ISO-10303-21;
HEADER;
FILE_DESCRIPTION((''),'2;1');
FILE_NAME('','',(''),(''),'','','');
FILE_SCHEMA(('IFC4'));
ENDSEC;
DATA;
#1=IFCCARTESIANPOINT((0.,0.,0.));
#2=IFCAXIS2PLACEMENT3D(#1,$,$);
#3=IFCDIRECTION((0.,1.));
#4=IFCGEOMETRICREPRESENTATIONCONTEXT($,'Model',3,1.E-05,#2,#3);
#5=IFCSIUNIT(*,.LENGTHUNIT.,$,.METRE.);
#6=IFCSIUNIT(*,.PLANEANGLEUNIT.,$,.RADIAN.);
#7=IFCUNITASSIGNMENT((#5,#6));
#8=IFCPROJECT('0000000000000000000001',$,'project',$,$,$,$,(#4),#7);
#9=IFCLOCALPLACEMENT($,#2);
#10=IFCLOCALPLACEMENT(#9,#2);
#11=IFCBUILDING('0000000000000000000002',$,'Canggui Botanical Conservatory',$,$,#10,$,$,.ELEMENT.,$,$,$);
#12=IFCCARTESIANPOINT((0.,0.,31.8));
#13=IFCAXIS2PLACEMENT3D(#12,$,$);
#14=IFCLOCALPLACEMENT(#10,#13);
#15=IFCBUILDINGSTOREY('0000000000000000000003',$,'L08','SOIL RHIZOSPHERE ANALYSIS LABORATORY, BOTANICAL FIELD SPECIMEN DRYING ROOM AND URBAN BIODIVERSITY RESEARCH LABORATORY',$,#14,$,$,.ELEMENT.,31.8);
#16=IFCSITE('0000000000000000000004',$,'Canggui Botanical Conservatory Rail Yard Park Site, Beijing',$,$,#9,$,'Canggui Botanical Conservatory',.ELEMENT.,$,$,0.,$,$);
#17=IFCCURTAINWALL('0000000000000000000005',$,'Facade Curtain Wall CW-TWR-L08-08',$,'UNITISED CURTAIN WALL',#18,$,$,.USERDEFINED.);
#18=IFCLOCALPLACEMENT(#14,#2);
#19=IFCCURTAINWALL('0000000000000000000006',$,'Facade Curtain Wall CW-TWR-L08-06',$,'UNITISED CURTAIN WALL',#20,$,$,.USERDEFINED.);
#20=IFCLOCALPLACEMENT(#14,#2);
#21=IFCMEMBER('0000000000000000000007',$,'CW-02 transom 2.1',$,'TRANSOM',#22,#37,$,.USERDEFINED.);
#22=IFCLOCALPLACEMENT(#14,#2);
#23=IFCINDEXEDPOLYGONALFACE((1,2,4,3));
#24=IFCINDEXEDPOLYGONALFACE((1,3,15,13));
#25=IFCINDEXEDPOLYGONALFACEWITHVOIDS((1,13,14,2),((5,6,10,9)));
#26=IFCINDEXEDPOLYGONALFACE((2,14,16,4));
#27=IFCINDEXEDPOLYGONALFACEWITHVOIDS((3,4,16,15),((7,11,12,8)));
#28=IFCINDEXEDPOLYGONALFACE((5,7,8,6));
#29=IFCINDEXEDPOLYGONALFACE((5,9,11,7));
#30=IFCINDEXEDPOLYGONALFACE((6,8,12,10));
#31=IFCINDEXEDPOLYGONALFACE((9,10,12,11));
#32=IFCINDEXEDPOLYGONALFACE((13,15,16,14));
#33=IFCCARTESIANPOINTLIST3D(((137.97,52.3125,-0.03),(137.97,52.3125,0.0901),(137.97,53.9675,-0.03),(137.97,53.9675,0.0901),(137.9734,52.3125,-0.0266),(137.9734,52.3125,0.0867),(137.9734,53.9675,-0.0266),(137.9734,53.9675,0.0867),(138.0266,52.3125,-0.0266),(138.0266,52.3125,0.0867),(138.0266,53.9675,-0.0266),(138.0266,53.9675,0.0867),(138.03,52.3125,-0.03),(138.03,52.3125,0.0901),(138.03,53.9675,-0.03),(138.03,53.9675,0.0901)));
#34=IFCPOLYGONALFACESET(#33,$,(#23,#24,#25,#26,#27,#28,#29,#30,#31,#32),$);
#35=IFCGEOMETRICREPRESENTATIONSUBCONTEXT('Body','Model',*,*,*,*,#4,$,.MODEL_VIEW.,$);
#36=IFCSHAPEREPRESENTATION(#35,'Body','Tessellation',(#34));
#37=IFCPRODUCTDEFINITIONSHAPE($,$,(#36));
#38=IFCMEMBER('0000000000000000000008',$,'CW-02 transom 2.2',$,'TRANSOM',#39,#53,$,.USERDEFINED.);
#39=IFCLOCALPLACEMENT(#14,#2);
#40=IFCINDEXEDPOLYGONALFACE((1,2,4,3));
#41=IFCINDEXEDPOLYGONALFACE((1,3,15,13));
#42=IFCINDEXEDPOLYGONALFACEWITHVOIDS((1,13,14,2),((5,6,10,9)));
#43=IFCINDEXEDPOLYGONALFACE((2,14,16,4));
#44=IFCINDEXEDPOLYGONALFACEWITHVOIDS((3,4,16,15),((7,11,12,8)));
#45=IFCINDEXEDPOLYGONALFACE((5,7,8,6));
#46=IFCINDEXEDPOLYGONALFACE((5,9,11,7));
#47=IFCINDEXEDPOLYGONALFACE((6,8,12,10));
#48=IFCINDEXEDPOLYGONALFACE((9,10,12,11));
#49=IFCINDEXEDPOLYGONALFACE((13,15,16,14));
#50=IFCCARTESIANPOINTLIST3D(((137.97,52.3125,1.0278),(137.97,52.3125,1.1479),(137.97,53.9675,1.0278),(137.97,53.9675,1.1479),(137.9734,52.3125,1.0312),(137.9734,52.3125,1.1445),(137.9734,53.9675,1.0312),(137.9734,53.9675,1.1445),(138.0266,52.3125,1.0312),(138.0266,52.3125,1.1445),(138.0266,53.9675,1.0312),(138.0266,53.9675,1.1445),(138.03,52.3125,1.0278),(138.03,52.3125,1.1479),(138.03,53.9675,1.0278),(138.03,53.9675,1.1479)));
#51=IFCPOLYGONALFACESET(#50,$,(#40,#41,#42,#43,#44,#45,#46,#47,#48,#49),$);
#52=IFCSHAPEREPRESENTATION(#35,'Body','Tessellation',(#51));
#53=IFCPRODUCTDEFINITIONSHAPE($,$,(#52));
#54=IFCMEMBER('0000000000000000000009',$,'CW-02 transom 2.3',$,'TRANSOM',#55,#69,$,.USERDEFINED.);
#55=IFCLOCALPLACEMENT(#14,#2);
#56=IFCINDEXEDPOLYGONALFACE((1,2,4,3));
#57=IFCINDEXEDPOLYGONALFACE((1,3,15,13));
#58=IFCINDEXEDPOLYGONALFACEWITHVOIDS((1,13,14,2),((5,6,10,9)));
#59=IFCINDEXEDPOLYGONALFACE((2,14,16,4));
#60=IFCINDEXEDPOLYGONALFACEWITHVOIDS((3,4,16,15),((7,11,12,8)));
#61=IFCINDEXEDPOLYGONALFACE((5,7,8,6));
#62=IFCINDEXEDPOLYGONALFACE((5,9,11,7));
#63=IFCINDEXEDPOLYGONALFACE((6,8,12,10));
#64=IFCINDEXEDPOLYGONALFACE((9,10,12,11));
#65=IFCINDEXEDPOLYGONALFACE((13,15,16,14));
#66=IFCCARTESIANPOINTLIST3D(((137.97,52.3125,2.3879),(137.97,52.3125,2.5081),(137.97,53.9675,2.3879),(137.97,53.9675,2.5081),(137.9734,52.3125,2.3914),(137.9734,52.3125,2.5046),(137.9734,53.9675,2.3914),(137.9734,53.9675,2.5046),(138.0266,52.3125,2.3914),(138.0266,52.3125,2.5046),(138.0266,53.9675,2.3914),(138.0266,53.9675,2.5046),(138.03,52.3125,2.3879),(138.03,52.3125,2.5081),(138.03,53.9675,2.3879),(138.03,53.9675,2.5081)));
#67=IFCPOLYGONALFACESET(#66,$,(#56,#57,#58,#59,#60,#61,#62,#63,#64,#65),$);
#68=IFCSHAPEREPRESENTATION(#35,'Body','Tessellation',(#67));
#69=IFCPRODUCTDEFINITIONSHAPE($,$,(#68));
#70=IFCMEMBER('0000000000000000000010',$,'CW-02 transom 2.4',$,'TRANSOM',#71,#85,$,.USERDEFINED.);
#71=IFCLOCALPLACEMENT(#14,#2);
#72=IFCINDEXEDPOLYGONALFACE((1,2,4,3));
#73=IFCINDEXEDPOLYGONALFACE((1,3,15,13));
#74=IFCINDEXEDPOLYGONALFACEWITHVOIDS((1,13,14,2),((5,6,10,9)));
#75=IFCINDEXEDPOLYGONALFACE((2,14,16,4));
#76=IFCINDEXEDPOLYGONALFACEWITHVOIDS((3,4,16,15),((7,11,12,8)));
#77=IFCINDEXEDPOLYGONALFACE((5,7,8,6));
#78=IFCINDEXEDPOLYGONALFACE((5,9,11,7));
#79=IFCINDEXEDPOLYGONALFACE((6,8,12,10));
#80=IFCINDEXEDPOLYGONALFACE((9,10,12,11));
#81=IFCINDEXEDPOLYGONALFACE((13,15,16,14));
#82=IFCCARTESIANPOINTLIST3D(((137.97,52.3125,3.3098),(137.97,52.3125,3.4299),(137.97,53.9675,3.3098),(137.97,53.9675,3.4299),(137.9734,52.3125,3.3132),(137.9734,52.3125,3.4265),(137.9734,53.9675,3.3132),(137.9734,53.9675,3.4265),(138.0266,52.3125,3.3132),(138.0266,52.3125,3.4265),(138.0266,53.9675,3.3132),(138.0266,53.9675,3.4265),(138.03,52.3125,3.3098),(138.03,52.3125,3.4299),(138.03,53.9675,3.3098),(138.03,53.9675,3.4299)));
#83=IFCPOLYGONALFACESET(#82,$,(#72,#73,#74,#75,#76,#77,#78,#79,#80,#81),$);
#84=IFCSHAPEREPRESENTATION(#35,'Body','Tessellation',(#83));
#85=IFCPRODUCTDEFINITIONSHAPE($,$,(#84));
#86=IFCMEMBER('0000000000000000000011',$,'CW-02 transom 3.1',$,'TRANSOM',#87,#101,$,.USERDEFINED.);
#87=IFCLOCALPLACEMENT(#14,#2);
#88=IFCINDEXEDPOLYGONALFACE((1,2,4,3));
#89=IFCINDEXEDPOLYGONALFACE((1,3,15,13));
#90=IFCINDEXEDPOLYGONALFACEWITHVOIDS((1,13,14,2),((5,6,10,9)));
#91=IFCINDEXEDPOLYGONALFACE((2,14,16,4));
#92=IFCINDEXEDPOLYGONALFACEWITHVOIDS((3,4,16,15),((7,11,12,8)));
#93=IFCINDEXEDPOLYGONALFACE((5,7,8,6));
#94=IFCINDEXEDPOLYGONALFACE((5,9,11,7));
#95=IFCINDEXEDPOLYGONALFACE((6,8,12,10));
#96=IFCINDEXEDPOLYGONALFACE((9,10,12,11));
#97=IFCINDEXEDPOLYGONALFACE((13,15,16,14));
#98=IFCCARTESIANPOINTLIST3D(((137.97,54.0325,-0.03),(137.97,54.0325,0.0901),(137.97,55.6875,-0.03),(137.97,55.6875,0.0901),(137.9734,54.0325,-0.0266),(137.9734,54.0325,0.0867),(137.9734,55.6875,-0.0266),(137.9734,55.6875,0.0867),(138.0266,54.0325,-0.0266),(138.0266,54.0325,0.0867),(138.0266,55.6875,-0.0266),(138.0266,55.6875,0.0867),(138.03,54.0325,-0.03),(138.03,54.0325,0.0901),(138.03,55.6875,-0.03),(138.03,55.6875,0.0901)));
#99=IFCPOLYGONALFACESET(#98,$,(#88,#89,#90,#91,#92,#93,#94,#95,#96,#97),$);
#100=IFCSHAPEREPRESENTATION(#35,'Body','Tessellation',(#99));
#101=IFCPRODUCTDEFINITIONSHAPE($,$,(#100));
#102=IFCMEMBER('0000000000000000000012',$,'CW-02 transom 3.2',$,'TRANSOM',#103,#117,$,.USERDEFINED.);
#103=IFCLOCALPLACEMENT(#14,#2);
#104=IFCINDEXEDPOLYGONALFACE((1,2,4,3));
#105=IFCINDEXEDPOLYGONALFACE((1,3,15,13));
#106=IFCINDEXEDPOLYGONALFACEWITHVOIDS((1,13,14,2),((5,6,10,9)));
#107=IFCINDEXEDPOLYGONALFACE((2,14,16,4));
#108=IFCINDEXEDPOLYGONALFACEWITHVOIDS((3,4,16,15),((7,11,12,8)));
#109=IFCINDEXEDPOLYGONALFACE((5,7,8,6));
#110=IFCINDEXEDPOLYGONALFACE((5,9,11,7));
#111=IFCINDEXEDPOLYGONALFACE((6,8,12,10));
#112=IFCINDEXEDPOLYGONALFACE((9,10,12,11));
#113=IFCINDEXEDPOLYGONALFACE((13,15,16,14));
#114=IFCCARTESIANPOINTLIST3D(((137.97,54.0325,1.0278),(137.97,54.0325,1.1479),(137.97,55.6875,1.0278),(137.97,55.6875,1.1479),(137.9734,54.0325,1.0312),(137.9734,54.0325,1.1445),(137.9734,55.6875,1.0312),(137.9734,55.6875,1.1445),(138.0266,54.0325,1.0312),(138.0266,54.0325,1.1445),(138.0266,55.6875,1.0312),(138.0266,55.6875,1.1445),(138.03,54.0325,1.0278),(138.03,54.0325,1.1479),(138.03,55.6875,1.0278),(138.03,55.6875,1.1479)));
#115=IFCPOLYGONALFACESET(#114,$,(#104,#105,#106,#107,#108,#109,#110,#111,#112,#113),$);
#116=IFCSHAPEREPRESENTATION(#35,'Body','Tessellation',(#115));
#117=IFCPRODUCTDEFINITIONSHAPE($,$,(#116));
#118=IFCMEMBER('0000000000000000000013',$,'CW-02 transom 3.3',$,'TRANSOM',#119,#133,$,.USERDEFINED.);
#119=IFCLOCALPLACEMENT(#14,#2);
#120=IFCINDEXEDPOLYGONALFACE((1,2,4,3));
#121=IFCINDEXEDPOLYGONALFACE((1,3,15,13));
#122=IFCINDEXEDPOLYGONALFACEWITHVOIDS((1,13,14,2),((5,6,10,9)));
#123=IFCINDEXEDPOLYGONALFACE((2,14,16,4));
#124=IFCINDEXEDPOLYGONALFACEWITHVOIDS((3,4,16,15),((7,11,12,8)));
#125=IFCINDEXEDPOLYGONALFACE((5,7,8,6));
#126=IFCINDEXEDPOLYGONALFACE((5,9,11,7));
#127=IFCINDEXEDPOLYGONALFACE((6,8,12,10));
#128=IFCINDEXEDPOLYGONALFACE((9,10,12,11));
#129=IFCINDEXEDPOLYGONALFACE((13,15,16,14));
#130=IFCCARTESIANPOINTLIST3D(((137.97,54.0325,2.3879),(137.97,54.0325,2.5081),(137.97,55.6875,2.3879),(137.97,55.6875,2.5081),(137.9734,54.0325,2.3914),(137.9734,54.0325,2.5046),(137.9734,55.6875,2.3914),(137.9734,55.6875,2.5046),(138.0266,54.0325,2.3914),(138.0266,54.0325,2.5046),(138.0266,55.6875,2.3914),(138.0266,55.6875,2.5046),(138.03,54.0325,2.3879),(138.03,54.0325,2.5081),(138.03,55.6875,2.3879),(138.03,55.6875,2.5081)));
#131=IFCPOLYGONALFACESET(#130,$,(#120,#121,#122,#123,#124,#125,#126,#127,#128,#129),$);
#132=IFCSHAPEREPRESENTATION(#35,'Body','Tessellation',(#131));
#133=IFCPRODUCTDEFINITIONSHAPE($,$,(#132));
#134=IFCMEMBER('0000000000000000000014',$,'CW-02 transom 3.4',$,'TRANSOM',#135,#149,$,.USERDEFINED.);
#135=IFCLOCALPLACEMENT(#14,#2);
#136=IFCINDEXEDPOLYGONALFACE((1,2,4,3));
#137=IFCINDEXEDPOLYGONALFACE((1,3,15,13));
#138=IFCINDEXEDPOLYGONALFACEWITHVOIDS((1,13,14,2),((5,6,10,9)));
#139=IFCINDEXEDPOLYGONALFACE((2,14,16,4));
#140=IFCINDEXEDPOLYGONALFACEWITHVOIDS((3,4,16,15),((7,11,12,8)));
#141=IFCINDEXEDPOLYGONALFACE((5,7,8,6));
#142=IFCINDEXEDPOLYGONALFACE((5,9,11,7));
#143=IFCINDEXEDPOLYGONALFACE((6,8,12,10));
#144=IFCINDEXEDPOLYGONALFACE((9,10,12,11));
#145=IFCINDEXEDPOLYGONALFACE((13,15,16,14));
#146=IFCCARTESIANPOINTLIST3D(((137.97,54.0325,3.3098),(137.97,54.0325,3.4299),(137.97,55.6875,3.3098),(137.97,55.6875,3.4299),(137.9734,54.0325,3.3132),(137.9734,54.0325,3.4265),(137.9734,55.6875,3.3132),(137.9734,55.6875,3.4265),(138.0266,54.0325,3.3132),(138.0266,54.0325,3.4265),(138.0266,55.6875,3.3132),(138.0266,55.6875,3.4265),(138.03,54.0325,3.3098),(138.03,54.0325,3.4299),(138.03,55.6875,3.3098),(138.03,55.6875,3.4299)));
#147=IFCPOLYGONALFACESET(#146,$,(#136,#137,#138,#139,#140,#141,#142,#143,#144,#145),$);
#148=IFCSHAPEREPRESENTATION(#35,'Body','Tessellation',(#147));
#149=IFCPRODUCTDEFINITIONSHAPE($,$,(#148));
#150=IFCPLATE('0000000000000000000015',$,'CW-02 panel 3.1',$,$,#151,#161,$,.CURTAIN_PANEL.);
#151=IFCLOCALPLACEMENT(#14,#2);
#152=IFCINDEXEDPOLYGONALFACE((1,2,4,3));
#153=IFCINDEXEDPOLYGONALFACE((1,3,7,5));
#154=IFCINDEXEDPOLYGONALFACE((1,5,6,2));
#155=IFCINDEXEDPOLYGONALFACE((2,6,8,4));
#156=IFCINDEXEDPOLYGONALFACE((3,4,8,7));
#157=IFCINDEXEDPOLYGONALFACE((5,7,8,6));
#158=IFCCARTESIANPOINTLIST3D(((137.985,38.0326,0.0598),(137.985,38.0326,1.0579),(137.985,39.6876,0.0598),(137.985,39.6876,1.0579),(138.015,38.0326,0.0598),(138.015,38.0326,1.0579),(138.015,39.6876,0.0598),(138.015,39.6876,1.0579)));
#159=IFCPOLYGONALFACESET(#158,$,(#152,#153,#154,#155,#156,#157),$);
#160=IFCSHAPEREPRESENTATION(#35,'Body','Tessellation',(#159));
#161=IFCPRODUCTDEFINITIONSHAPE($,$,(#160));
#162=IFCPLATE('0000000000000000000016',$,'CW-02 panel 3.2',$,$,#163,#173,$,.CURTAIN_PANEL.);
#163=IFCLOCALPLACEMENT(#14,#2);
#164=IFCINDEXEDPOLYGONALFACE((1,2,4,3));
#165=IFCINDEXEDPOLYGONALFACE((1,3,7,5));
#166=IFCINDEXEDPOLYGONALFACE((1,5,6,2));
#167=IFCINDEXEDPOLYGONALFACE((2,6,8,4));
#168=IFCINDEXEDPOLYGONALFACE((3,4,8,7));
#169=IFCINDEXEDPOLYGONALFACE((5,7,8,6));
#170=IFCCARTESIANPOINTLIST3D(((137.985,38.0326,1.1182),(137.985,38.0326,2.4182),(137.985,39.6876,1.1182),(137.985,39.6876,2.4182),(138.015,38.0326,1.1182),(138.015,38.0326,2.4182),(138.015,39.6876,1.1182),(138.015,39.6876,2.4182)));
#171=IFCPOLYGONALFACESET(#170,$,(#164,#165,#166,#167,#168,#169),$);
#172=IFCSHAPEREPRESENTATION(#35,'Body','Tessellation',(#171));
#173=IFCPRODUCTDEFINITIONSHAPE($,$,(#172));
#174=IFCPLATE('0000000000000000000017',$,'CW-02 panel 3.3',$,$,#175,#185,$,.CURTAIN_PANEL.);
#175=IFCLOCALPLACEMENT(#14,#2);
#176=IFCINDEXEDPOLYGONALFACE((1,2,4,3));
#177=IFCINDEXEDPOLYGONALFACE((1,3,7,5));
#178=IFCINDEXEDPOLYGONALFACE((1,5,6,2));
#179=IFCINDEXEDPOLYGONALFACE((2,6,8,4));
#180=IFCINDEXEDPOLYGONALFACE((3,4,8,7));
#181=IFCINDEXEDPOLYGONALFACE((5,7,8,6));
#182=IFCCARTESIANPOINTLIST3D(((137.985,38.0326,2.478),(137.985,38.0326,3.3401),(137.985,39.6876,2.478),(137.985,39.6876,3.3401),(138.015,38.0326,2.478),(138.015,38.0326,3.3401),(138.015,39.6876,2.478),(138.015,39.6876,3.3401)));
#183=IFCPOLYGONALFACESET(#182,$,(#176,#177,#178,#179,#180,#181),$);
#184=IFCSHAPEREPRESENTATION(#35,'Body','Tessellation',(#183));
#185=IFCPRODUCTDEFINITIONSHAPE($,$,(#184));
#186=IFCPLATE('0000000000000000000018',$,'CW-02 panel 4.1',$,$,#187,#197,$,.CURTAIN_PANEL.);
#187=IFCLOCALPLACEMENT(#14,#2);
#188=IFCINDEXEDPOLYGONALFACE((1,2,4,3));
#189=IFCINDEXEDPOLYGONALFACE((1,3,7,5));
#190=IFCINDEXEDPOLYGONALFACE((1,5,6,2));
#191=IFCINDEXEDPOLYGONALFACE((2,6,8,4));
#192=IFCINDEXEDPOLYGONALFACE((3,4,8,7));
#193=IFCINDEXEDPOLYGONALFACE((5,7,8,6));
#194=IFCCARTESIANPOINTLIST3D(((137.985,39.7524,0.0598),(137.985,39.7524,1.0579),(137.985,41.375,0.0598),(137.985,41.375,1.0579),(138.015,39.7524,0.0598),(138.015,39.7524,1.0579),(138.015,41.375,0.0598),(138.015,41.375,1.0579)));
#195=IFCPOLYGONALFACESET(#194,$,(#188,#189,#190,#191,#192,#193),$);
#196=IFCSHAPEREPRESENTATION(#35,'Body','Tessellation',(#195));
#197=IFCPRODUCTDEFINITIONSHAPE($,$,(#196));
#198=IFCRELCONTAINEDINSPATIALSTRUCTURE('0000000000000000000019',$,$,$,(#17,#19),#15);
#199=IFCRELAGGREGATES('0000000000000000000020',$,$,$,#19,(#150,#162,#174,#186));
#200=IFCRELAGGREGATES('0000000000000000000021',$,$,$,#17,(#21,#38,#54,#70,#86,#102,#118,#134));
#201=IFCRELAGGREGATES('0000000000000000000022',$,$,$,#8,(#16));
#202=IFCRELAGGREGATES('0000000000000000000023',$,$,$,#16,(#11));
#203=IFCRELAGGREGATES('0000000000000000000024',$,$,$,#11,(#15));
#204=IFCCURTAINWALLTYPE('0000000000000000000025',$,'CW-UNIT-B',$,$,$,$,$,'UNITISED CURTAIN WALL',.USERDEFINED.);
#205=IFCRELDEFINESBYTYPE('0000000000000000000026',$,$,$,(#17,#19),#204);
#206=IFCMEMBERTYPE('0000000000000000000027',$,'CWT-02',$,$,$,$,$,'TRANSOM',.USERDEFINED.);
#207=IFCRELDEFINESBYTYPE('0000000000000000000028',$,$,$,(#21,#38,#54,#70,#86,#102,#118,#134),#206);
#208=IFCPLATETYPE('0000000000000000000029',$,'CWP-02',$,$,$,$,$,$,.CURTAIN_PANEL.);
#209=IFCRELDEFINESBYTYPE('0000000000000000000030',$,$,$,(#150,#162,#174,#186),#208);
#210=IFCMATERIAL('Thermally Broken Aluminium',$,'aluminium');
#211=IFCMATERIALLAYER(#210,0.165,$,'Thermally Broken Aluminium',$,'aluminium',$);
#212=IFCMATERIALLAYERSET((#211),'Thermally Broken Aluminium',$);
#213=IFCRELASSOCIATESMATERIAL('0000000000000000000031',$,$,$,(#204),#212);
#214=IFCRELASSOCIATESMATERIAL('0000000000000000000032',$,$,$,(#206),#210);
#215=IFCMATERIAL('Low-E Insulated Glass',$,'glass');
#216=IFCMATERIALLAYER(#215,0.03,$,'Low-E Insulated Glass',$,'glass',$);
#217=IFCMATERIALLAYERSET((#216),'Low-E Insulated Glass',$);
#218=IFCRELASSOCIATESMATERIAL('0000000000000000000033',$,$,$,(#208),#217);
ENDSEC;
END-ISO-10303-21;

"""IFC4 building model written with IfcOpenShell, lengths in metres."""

from ifc_helpers import new_model, si_unit, direction, frame, origin, origin_2d, place, context, subcontext, project, spatial, rectangle, hollow_rectangle, extrude, material, layer, layer_set, material_profile, profile_set, type_object, element, aggregate, save


model = new_model("IFC4")

# Units and contexts
model_context = context("Model", 3, precision=1e-05, world=origin(), true_north=direction((0.0, 1.0)))
body_context = subcontext(model_context, "Body", "Model", "MODEL_VIEW")
ifc_project = project(units=[si_unit("LENGTHUNIT", "METRE"), si_unit("PLANEANGLEUNIT", "RADIAN")], contexts=[model_context])

# Site, building, storey
site_placement = place(None, origin())
site = spatial("IfcSite", under=ifc_project, at=site_placement, Name="Canggui Botanical Conservatory Rail Yard Park Site, Beijing", LongName="Canggui Botanical Conservatory", CompositionType="ELEMENT", RefElevation=0.0)
building_placement = place(site_placement, origin())
building = spatial("IfcBuilding", under=site, at=building_placement, Name="Canggui Botanical Conservatory", CompositionType="ELEMENT")
storey_placement = place(building_placement, frame((0.0, 0.0, 31.8)))
storey = spatial("IfcBuildingStorey", under=building, at=storey_placement, Name="L08", Description="SOIL RHIZOSPHERE ANALYSIS LABORATORY, BOTANICAL FIELD SPECIMEN DRYING ROOM AND URBAN BIODIVERSITY RESEARCH LABORATORY", CompositionType="ELEMENT", Elevation=31.8)

# Curtain walls
ifc_material_1 = material(Name="Thermally Broken Aluminium", Category="aluminium")
ifc_layer_1 = layer(ifc_material_1, 0.165, Name="Thermally Broken Aluminium", Category="aluminium")
ifc_layer_set_1 = layer_set([ifc_layer_1], Name="Thermally Broken Aluminium")
curtain_wall_type = type_object("IfcCurtainWallType", Name="CW-UNIT-B", ElementType="UNITISED CURTAIN WALL", PredefinedType="USERDEFINED", material=ifc_layer_set_1)
curtain_wall_1_placement = place(storey_placement, origin())
curtain_wall_1 = element("IfcCurtainWall", 1, at=curtain_wall_1_placement, inside=storey, type_object=curtain_wall_type, Name="Facade Curtain Wall CW-TWR-L08-08", ObjectType="UNITISED CURTAIN WALL", PredefinedType="USERDEFINED")
curtain_wall_2_placement = place(storey_placement, origin())
curtain_wall_2 = element("IfcCurtainWall", 2, at=curtain_wall_2_placement, inside=storey, type_object=curtain_wall_type, Name="Facade Curtain Wall CW-TWR-L08-06", ObjectType="UNITISED CURTAIN WALL", PredefinedType="USERDEFINED")
ifc_material_profile_1 = material_profile(ifc_material_1, hollow_rectangle(XDim=0.0601, YDim=0.1201, WallThickness=0.0034, at=origin_2d()), Name="CWT 60x120x3.5")
ifc_profile_set_1 = profile_set([ifc_material_profile_1], Name="Thermally Broken Aluminium")
member_type_1 = type_object("IfcMemberType", Name="CWT-02", ElementType="TRANSOM", PredefinedType="USERDEFINED", material=ifc_profile_set_1)

# Members
member_1_placement = place(storey_placement, frame((138.0, 52.3125, 0.03), z_axis=(0.0, 1.0, 0.0), x_axis=(-1.0, 0.0, 0.0)))
member_1 = element("IfcMember", 3, at=member_1_placement, type_object=member_type_1, Name="CW-02 transom 2.1", ObjectType="TRANSOM", PredefinedType="USERDEFINED", context=body_context, shape_type="SweptSolid", body=[
    extrude(hollow_rectangle(XDim=0.0601, YDim=0.1201, WallThickness=0.0034, at=origin_2d()), origin(), (0.0, 0.0, 1.0), 1.655),
])
member_2_placement = place(storey_placement, frame((138.0, 52.3125, 1.0879), z_axis=(0.0, 1.0, 0.0), x_axis=(-1.0, 0.0, 0.0)))
member_2 = element("IfcMember", 4, at=member_2_placement, type_object=member_type_1, Name="CW-02 transom 2.2", ObjectType="TRANSOM", PredefinedType="USERDEFINED", context=body_context, shape_type="SweptSolid", body=[
    extrude(hollow_rectangle(XDim=0.0601, YDim=0.1201, WallThickness=0.0034, at=origin_2d()), origin(), (0.0, 0.0, 1.0), 1.655),
])
member_3_placement = place(storey_placement, frame((138.0, 52.3125, 2.448), z_axis=(0.0, 1.0, 0.0), x_axis=(-1.0, 0.0, 0.0)))
member_3 = element("IfcMember", 5, at=member_3_placement, type_object=member_type_1, Name="CW-02 transom 2.3", ObjectType="TRANSOM", PredefinedType="USERDEFINED", context=body_context, shape_type="SweptSolid", body=[
    extrude(hollow_rectangle(XDim=0.0601, YDim=0.1201, WallThickness=0.0034, at=origin_2d()), origin(), (0.0, 0.0, 1.0), 1.655),
])
member_4_placement = place(storey_placement, frame((138.0, 52.3125, 3.3699), z_axis=(0.0, 1.0, 0.0), x_axis=(-1.0, 0.0, 0.0)))
member_4 = element("IfcMember", 6, at=member_4_placement, type_object=member_type_1, Name="CW-02 transom 2.4", ObjectType="TRANSOM", PredefinedType="USERDEFINED", context=body_context, shape_type="SweptSolid", body=[
    extrude(hollow_rectangle(XDim=0.0601, YDim=0.1201, WallThickness=0.0034, at=origin_2d()), origin(), (0.0, 0.0, 1.0), 1.655),
])
member_5_placement = place(storey_placement, frame((138.0, 54.0325, 0.03), z_axis=(0.0, 1.0, 0.0), x_axis=(-1.0, 0.0, 0.0)))
member_5 = element("IfcMember", 7, at=member_5_placement, type_object=member_type_1, Name="CW-02 transom 3.1", ObjectType="TRANSOM", PredefinedType="USERDEFINED", context=body_context, shape_type="SweptSolid", body=[
    extrude(hollow_rectangle(XDim=0.0601, YDim=0.1201, WallThickness=0.0034, at=origin_2d()), origin(), (0.0, 0.0, 1.0), 1.655),
])
member_6_placement = place(storey_placement, frame((138.0, 54.0325, 1.0879), z_axis=(0.0, 1.0, 0.0), x_axis=(-1.0, 0.0, 0.0)))
member_6 = element("IfcMember", 8, at=member_6_placement, type_object=member_type_1, Name="CW-02 transom 3.2", ObjectType="TRANSOM", PredefinedType="USERDEFINED", context=body_context, shape_type="SweptSolid", body=[
    extrude(hollow_rectangle(XDim=0.0601, YDim=0.1201, WallThickness=0.0034, at=origin_2d()), origin(), (0.0, 0.0, 1.0), 1.655),
])
member_7_placement = place(storey_placement, frame((138.0, 54.0325, 2.448), z_axis=(0.0, 1.0, 0.0), x_axis=(-1.0, 0.0, 0.0)))
member_7 = element("IfcMember", 9, at=member_7_placement, type_object=member_type_1, Name="CW-02 transom 3.3", ObjectType="TRANSOM", PredefinedType="USERDEFINED", context=body_context, shape_type="SweptSolid", body=[
    extrude(hollow_rectangle(XDim=0.0601, YDim=0.1201, WallThickness=0.0034, at=origin_2d()), origin(), (0.0, 0.0, 1.0), 1.655),
])
member_8_placement = place(storey_placement, frame((138.0, 54.0325, 3.3699), z_axis=(0.0, 1.0, 0.0), x_axis=(-1.0, 0.0, 0.0)))
member_8 = element("IfcMember", 10, at=member_8_placement, type_object=member_type_1, Name="CW-02 transom 3.4", ObjectType="TRANSOM", PredefinedType="USERDEFINED", context=body_context, shape_type="SweptSolid", body=[
    extrude(hollow_rectangle(XDim=0.0601, YDim=0.1201, WallThickness=0.0034, at=origin_2d()), origin(), (0.0, 0.0, 1.0), 1.655),
])

# Plates
ifc_material_2 = material(Name="Low-E Insulated Glass", Category="glass")
ifc_layer_2 = layer(ifc_material_2, 0.03, Name="Low-E Insulated Glass", Category="glass")
ifc_layer_set_2 = layer_set([ifc_layer_2], Name="Low-E Insulated Glass")
plate_type = type_object("IfcPlateType", Name="CWP-02", PredefinedType="CURTAIN_PANEL", material=ifc_layer_set_2)
plate_1_placement = place(storey_placement, frame((138.0, 38.8601, 0.0598), z_axis=(0.0, 0.0, 1.0), x_axis=(0.0, 1.0, 0.0)))
plate_1 = element("IfcPlate", 11, at=plate_1_placement, type_object=plate_type, Name="CW-02 panel 3.1", PredefinedType="CURTAIN_PANEL", context=body_context, shape_type="SweptSolid", body=[
    extrude(rectangle(XDim=1.655, YDim=0.03, at=origin_2d()), origin(), (0.0, 0.0, 1.0), 0.998),
])
plate_2_placement = place(storey_placement, frame((138.0, 38.8601, 1.1182), z_axis=(0.0, 0.0, 1.0), x_axis=(0.0, 1.0, 0.0)))
plate_2 = element("IfcPlate", 12, at=plate_2_placement, type_object=plate_type, Name="CW-02 panel 3.2", PredefinedType="CURTAIN_PANEL", context=body_context, shape_type="SweptSolid", body=[
    extrude(rectangle(XDim=1.655, YDim=0.03, at=origin_2d()), origin(), (0.0, 0.0, 1.0), 1.3),
])
plate_3_placement = place(storey_placement, frame((138.0, 38.8601, 2.478), z_axis=(0.0, 0.0, 1.0), x_axis=(0.0, 1.0, 0.0)))
plate_3 = element("IfcPlate", 13, at=plate_3_placement, type_object=plate_type, Name="CW-02 panel 3.3", PredefinedType="CURTAIN_PANEL", context=body_context, shape_type="SweptSolid", body=[
    extrude(rectangle(XDim=1.655, YDim=0.03, at=origin_2d()), origin(), (0.0, 0.0, 1.0), 0.8621),
])
plate_4_placement = place(storey_placement, frame((138.0, 40.5637, 0.0598), z_axis=(0.0, 0.0, 1.0), x_axis=(0.0, 1.0, 0.0)))
plate_4 = element("IfcPlate", 14, at=plate_4_placement, type_object=plate_type, Name="CW-02 panel 4.1", PredefinedType="CURTAIN_PANEL", context=body_context, shape_type="SweptSolid", body=[
    extrude(rectangle(XDim=1.6226, YDim=0.03, at=origin_2d()), origin(), (0.0, 0.0, 1.0), 0.998),
])
aggregate(curtain_wall_2, [plate_1, plate_2, plate_3, plate_4])
aggregate(curtain_wall_1, [member_1, member_2, member_3, member_4, member_5, member_6, member_7, member_8])

save(model, "model.ifc")
